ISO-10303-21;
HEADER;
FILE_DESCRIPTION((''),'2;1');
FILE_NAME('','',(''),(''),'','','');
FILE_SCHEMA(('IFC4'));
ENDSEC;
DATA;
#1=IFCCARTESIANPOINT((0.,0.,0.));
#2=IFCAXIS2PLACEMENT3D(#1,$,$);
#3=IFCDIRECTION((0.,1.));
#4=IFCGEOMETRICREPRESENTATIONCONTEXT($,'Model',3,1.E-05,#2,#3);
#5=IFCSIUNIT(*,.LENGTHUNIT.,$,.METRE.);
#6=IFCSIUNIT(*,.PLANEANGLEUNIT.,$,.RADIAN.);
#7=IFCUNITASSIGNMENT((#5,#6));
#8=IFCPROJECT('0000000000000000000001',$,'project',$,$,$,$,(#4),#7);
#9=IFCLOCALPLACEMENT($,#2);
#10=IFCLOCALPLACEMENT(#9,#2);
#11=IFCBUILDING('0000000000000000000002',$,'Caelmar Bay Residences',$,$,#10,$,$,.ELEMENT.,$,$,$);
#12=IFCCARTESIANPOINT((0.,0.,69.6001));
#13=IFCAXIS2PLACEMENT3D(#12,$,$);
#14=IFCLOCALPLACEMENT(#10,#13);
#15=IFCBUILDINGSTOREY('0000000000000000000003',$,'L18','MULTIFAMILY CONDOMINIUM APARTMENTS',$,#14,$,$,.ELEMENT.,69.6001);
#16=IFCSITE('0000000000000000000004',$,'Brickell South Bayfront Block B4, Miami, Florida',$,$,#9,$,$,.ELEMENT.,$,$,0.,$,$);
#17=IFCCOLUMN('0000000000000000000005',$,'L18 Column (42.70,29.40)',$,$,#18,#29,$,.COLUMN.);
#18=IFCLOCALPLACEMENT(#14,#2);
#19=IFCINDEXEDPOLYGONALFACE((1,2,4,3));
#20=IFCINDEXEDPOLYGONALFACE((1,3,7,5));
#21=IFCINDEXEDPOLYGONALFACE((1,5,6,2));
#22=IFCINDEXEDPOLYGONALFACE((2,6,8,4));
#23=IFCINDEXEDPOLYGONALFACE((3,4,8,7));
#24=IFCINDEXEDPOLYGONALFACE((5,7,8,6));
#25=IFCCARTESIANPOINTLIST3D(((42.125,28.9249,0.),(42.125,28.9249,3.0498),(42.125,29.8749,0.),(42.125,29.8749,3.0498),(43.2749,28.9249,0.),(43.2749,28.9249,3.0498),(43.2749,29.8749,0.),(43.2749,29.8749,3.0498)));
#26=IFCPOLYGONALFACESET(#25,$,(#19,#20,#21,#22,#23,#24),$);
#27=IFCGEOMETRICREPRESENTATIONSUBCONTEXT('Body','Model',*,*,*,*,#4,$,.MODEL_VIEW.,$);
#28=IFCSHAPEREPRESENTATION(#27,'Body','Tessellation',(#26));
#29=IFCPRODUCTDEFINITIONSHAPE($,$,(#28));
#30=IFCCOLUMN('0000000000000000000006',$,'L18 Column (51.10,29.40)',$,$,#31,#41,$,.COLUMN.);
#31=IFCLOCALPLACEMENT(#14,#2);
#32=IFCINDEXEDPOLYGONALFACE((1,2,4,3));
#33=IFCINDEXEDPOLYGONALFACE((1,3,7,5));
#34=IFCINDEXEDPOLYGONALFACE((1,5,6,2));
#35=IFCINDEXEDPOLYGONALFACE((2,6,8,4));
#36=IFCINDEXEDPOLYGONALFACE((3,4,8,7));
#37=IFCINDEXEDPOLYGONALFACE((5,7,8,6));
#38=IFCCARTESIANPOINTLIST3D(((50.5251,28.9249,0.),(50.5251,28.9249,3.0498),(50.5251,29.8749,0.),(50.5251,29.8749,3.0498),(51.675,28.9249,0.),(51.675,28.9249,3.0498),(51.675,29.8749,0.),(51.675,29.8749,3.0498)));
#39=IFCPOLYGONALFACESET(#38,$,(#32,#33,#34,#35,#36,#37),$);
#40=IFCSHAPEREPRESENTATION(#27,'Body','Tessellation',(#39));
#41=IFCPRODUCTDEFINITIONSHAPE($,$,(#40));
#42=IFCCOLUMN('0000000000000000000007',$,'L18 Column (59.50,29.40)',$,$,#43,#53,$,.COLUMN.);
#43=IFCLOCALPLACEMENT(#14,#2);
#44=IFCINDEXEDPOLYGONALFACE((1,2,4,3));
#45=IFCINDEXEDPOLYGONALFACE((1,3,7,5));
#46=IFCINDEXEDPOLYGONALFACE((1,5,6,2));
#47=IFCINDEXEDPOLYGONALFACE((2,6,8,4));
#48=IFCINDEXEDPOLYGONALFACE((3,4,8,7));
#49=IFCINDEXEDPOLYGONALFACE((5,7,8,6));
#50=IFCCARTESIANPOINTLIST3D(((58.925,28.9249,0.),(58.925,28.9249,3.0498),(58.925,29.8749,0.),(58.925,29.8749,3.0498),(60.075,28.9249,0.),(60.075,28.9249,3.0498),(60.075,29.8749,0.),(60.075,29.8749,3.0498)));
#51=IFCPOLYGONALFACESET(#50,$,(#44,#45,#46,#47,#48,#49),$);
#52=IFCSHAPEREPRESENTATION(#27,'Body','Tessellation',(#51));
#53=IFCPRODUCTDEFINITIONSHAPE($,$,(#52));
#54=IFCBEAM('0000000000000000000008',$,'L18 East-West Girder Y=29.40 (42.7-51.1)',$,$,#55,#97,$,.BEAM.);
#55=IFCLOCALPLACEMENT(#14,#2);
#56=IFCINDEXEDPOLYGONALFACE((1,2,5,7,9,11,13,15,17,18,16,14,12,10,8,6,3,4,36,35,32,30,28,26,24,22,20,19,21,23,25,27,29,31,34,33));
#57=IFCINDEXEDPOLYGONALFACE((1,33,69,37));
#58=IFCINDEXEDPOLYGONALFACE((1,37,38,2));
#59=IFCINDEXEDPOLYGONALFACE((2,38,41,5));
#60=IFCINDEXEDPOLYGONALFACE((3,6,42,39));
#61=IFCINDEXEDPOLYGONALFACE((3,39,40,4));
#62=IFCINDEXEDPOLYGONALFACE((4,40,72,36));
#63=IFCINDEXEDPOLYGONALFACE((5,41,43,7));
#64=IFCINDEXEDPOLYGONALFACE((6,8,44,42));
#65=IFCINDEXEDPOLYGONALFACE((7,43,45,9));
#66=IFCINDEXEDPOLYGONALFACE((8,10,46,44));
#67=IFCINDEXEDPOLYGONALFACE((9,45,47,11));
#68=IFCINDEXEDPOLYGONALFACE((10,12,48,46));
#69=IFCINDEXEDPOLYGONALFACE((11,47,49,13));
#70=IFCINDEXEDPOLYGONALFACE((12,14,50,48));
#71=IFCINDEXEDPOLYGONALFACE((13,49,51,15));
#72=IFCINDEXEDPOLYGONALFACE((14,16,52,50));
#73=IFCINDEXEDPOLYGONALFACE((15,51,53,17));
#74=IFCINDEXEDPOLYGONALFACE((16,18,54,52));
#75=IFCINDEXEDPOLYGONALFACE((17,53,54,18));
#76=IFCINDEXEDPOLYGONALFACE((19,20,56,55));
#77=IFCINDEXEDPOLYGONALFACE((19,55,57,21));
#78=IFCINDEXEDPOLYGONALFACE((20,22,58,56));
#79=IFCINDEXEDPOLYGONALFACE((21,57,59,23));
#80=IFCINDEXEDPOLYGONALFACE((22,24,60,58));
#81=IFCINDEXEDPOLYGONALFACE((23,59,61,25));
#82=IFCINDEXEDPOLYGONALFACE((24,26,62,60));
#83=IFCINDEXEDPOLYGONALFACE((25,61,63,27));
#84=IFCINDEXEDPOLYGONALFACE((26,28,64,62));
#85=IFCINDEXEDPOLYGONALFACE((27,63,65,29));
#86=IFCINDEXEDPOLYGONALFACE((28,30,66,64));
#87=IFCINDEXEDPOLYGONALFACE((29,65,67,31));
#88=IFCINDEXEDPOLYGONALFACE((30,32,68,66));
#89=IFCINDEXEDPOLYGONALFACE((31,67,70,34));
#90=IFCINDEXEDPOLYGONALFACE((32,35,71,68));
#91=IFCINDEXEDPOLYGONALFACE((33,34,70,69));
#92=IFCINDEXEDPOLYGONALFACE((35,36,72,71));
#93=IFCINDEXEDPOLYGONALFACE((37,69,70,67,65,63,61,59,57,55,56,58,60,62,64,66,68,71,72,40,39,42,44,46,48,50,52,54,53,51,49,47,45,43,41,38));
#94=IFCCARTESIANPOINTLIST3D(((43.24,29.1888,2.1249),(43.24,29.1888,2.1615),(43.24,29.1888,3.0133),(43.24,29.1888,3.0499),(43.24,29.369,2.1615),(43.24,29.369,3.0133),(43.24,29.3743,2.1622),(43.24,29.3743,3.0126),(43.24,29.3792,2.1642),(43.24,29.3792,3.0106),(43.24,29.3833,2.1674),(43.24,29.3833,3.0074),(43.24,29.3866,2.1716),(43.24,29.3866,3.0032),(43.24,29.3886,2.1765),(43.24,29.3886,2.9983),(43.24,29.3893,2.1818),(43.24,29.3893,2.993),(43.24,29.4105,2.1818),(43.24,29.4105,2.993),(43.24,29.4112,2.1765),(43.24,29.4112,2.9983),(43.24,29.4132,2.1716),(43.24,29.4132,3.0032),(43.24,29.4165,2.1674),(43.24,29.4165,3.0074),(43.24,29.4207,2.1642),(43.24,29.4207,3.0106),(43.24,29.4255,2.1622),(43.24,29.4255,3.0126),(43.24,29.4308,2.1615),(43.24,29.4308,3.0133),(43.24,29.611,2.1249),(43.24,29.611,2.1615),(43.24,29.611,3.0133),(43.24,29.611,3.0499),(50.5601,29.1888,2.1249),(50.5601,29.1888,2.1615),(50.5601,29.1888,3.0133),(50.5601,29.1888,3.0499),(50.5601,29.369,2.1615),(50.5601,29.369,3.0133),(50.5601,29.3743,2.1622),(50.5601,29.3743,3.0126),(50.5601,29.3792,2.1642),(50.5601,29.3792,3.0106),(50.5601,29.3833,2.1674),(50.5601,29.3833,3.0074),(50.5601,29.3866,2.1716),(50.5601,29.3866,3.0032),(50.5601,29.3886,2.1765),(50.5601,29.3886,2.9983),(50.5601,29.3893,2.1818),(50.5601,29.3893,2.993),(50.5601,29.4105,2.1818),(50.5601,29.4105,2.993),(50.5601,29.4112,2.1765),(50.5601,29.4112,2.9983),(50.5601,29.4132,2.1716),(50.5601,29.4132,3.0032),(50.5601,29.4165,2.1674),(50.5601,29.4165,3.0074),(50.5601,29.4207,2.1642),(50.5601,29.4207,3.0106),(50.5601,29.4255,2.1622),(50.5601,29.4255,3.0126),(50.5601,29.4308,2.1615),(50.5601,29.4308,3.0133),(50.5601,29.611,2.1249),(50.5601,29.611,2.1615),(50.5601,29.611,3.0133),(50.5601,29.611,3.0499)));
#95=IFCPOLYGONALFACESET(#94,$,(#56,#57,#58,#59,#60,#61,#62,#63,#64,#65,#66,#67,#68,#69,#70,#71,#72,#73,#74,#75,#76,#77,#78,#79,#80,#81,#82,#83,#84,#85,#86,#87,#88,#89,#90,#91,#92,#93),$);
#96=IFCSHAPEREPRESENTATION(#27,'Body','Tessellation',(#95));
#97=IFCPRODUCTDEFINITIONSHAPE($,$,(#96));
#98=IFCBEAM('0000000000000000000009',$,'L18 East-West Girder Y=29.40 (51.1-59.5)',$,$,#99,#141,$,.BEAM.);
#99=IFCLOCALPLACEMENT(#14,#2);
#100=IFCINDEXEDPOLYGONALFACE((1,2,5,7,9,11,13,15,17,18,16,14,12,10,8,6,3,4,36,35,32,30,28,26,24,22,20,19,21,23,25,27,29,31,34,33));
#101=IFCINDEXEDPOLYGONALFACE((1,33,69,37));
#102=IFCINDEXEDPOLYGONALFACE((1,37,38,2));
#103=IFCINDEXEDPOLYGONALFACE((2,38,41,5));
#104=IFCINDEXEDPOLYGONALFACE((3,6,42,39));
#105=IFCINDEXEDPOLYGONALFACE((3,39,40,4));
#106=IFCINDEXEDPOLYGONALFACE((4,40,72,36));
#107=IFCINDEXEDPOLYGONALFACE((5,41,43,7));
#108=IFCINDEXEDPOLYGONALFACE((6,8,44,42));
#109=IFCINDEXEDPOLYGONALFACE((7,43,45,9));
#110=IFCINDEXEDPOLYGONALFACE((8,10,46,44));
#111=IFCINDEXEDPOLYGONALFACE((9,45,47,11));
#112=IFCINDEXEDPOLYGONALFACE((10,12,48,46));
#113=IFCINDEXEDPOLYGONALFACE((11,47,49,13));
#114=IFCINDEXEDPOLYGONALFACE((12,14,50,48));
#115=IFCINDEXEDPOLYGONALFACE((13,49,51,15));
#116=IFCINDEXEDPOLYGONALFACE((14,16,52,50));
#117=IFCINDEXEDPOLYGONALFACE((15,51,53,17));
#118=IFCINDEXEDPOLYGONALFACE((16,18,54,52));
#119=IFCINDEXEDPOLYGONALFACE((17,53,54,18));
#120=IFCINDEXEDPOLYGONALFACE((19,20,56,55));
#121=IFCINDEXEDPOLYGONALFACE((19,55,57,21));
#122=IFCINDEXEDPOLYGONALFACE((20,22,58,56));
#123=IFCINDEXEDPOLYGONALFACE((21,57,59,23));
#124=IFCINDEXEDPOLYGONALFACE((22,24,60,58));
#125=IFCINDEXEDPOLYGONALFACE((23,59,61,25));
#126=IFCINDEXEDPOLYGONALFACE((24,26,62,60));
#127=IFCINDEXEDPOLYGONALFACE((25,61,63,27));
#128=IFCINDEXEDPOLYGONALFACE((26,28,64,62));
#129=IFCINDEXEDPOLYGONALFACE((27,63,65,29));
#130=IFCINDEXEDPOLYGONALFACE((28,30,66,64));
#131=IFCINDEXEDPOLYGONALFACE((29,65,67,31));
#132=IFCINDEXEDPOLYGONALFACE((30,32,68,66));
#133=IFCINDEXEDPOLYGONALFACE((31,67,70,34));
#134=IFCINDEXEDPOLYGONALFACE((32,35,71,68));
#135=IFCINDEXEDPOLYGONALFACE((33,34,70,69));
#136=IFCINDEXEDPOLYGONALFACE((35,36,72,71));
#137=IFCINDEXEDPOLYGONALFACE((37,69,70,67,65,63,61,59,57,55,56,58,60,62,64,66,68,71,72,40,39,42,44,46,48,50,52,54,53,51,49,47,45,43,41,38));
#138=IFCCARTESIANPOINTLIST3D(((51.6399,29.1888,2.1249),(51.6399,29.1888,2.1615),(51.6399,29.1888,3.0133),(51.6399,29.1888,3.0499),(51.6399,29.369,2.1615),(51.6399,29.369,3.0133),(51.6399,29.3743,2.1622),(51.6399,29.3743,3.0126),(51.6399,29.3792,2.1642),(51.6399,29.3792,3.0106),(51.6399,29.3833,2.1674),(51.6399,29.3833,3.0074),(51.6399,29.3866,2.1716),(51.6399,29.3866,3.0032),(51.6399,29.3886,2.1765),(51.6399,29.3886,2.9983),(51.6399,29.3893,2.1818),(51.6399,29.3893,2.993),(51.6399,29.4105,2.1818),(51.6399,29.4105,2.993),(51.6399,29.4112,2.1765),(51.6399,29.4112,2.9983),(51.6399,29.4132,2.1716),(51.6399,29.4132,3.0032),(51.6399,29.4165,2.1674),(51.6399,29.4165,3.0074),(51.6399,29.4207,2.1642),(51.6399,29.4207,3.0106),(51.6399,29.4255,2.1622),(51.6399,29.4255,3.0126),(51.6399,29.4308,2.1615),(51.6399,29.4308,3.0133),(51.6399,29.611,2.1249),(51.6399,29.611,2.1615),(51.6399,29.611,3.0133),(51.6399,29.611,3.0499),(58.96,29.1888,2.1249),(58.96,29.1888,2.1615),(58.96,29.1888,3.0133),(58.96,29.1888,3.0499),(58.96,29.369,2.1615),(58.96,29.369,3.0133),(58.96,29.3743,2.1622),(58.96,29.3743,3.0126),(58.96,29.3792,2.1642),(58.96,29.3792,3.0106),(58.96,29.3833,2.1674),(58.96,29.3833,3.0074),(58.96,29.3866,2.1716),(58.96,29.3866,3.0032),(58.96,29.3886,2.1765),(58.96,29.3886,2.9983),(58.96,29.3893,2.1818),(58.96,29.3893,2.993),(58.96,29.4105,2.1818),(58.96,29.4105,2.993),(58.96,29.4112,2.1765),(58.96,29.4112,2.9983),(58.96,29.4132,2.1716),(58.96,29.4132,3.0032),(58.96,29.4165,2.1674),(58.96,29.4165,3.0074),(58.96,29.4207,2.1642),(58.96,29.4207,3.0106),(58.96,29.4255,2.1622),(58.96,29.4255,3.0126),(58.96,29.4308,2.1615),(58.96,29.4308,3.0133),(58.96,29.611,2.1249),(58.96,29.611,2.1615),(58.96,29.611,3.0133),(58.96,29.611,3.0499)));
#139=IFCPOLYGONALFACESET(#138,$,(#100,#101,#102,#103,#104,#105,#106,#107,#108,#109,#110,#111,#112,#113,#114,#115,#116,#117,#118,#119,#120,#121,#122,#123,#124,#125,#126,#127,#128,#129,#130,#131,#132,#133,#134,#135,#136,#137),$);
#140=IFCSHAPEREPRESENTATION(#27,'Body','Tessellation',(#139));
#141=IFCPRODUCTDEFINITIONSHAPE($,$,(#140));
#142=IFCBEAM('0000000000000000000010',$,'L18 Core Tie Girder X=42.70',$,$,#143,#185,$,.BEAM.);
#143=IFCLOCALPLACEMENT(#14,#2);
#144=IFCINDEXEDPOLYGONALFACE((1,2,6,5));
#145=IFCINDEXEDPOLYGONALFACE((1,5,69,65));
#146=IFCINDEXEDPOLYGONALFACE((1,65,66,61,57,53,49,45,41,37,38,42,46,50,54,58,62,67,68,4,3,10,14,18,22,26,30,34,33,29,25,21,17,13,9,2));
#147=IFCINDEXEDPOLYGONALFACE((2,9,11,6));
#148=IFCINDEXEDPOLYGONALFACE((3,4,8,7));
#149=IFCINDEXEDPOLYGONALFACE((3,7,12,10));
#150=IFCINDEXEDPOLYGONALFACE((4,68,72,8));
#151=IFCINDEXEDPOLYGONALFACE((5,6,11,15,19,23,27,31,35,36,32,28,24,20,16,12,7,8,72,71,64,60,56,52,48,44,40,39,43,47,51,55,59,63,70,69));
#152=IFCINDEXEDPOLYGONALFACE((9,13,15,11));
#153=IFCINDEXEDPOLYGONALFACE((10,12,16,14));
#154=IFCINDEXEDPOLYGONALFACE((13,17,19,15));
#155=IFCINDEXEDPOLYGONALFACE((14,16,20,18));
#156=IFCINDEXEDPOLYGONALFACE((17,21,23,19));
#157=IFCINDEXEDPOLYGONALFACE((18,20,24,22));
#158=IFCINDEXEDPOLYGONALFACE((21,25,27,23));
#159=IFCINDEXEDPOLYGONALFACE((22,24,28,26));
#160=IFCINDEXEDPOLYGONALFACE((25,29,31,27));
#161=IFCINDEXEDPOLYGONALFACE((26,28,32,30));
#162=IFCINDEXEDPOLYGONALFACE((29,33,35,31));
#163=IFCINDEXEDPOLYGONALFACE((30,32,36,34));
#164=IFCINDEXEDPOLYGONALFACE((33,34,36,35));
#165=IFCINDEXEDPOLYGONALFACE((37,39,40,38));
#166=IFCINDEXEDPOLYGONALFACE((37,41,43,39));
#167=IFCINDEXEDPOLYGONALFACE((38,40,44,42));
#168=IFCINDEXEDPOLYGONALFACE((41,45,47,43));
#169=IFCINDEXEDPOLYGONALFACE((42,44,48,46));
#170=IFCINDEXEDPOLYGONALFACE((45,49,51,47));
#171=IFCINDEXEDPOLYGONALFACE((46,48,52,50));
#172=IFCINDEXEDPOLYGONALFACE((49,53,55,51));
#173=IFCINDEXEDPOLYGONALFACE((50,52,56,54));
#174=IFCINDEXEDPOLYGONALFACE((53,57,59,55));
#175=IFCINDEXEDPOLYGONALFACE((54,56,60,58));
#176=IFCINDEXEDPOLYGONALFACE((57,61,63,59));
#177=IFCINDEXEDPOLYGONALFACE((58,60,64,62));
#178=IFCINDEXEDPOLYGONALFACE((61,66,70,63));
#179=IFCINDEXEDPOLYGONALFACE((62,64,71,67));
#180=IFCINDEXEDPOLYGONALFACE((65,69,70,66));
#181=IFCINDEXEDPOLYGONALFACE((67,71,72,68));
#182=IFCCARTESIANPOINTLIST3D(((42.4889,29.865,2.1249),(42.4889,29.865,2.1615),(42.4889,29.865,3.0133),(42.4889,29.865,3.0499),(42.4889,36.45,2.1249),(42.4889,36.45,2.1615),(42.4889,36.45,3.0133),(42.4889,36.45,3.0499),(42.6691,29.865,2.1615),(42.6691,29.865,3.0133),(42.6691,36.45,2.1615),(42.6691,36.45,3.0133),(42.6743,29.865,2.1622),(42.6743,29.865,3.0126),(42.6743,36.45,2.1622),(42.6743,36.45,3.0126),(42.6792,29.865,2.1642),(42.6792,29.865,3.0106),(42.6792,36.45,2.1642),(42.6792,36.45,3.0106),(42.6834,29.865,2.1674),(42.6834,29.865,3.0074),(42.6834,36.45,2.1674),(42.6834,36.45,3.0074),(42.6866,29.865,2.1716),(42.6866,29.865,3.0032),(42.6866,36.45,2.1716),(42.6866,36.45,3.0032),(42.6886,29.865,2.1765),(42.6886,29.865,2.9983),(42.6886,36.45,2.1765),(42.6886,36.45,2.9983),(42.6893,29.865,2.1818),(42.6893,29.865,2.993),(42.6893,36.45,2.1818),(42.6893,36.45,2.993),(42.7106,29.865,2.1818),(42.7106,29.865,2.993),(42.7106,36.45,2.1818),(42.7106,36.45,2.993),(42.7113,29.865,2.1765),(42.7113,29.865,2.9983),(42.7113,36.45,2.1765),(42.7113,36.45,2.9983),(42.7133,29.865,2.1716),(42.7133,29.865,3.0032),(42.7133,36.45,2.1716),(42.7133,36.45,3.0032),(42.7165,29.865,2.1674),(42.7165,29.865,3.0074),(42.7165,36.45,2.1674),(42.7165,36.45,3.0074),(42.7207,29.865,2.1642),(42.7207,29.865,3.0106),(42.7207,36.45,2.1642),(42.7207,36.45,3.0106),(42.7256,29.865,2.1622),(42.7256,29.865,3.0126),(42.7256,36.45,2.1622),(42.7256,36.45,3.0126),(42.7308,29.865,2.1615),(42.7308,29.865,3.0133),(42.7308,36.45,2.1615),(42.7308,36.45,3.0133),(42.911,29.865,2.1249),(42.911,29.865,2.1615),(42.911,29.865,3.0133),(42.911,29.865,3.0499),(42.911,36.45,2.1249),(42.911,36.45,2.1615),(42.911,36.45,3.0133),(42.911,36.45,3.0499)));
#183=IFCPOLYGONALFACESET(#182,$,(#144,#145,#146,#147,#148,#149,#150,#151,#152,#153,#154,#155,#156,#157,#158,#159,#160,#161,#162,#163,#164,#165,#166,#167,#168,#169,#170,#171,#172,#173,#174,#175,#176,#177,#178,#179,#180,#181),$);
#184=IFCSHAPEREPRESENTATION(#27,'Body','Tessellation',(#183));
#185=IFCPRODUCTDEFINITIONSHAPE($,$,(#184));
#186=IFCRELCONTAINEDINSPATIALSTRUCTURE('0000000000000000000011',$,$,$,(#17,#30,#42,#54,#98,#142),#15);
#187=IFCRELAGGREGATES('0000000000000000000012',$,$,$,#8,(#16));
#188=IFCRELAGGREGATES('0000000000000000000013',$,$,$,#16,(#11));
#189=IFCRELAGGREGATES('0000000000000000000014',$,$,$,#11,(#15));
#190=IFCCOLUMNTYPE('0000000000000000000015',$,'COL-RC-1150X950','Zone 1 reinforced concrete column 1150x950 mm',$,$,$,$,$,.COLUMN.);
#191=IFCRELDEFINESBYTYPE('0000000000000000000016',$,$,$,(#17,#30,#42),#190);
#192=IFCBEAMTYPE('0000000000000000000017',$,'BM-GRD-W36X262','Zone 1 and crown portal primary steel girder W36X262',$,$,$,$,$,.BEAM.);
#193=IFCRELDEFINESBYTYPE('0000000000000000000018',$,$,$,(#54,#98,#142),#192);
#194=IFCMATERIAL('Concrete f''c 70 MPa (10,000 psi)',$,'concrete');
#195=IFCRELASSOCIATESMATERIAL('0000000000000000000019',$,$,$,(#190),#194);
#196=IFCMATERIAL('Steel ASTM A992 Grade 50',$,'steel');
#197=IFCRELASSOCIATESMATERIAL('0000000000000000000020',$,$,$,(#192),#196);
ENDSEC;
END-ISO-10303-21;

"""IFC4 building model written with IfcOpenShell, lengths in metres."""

from ifc_helpers import new_model, si_unit, direction, frame, origin, origin_2d, place, context, subcontext, project, spatial, rectangle, i_section, extrude, material, material_profile, profile_set, type_object, element, save


model = new_model("IFC4")

# Units and contexts
model_context = context("Model", 3, precision=1e-05, world=origin(), true_north=direction((0.0, 1.0)))
body_context = subcontext(model_context, "Body", "Model", "MODEL_VIEW")
ifc_project = project(units=[si_unit("LENGTHUNIT", "METRE"), si_unit("PLANEANGLEUNIT", "RADIAN")], contexts=[model_context])

# Site, building, storey
site_placement = place(None, origin())
site = spatial("IfcSite", under=ifc_project, at=site_placement, Name="Brickell South Bayfront Block B4, Miami, Florida", CompositionType="ELEMENT", RefElevation=0.0)
building_placement = place(site_placement, origin())
building = spatial("IfcBuilding", under=site, at=building_placement, Name="Caelmar Bay Residences", CompositionType="ELEMENT")
storey_placement = place(building_placement, frame((0.0, 0.0, 69.6001)))
storey = spatial("IfcBuildingStorey", under=building, at=storey_placement, Name="L18", Description="MULTIFAMILY CONDOMINIUM APARTMENTS", CompositionType="ELEMENT", Elevation=69.6001)

# Columns
ifc_material_1 = material(Name="Concrete f'c 70 MPa (10,000 psi)", Category="concrete")
ifc_material_profile_1 = material_profile(ifc_material_1, rectangle(XDim=1.1499, YDim=0.95, at=origin_2d()), Name="RC-COL-1150X950")
ifc_profile_set_1 = profile_set([ifc_material_profile_1], Name="Concrete f'c 70 MPa (10,000 psi)")
column_type = type_object("IfcColumnType", Name="COL-RC-1150X950", Description="Zone 1 reinforced concrete column 1150x950 mm", PredefinedType="COLUMN", material=ifc_profile_set_1)
for number, where, z_axis, x_axis, name in (
    (1, (42.7, 29.3999, 0.0), (0.0, 0.0, 1.0), (1.0, 0.0, 0.0), "L18 Column (42.70,29.40)"),
    (2, (51.1001, 29.3999, 0.0), (0.0, 0.0, 1.0), (1.0, 0.0, 0.0), "L18 Column (51.10,29.40)"),
    (3, (59.5, 29.3999, 0.0), (0.0, 0.0, 1.0), (1.0, 0.0, 0.0), "L18 Column (59.50,29.40)"),
):
    element("IfcColumn", number, at=place(storey_placement, frame(where, z_axis=z_axis, x_axis=x_axis)), inside=storey, type_object=column_type, Name=name, PredefinedType="COLUMN", context=body_context, shape_type="SweptSolid", body=[
        extrude(rectangle(XDim=1.1499, YDim=0.95, at=origin_2d()), origin(), (0.0, 0.0, 1.0), 3.0498),
    ])

# Beams
ifc_material_2 = material(Name="Steel ASTM A992 Grade 50", Category="steel")
ifc_material_profile_2 = material_profile(ifc_material_2, i_section(OverallWidth=0.4221, OverallDepth=0.925, WebThickness=0.0212, FlangeThickness=0.0366, FilletRadius=0.0203, at=origin_2d()), Name="W36X262")
ifc_profile_set_2 = profile_set([ifc_material_profile_2], Name="Steel ASTM A992 Grade 50")
beam_type_1 = type_object("IfcBeamType", Name="BM-GRD-W36X262", Description="Zone 1 and crown portal primary steel girder W36X262", PredefinedType="BEAM", material=ifc_profile_set_2)
for number, where, z_axis, x_axis, name in (
    (4, (43.24, 29.3999, 2.5874), (1.0, 0.0, 0.0), (0.0, 1.0, 0.0), "L18 East-West Girder Y=29.40 (42.7-51.1)"),
    (5, (51.6399, 29.3999, 2.5874), (1.0, 0.0, 0.0), (0.0, 1.0, 0.0), "L18 East-West Girder Y=29.40 (51.1-59.5)"),
):
    element("IfcBeam", number, at=place(storey_placement, frame(where, z_axis=z_axis, x_axis=x_axis)), inside=storey, type_object=beam_type_1, Name=name, PredefinedType="BEAM", context=body_context, shape_type="SweptSolid", body=[
        extrude(i_section(OverallWidth=0.4221, OverallDepth=0.925, WebThickness=0.0212, FlangeThickness=0.0366, FilletRadius=0.0203, at=origin_2d()), origin(), (0.0, 0.0, 1.0), 7.3201),
    ])
beam_1_placement = place(storey_placement, frame((42.7, 29.865, 2.5874), z_axis=(0.0, 1.0, 0.0), x_axis=(-1.0, 0.0, 0.0)))
element("IfcBeam", 6, at=beam_1_placement, inside=storey, type_object=beam_type_1, Name="L18 Core Tie Girder X=42.70", PredefinedType="BEAM", context=body_context, shape_type="SweptSolid", body=[
    extrude(i_section(OverallWidth=0.4221, OverallDepth=0.925, WebThickness=0.0212, FlangeThickness=0.0366, FilletRadius=0.0203, at=origin_2d()), origin(), (0.0, 0.0, 1.0), 6.585),
])

save(model, "model.ifc")
